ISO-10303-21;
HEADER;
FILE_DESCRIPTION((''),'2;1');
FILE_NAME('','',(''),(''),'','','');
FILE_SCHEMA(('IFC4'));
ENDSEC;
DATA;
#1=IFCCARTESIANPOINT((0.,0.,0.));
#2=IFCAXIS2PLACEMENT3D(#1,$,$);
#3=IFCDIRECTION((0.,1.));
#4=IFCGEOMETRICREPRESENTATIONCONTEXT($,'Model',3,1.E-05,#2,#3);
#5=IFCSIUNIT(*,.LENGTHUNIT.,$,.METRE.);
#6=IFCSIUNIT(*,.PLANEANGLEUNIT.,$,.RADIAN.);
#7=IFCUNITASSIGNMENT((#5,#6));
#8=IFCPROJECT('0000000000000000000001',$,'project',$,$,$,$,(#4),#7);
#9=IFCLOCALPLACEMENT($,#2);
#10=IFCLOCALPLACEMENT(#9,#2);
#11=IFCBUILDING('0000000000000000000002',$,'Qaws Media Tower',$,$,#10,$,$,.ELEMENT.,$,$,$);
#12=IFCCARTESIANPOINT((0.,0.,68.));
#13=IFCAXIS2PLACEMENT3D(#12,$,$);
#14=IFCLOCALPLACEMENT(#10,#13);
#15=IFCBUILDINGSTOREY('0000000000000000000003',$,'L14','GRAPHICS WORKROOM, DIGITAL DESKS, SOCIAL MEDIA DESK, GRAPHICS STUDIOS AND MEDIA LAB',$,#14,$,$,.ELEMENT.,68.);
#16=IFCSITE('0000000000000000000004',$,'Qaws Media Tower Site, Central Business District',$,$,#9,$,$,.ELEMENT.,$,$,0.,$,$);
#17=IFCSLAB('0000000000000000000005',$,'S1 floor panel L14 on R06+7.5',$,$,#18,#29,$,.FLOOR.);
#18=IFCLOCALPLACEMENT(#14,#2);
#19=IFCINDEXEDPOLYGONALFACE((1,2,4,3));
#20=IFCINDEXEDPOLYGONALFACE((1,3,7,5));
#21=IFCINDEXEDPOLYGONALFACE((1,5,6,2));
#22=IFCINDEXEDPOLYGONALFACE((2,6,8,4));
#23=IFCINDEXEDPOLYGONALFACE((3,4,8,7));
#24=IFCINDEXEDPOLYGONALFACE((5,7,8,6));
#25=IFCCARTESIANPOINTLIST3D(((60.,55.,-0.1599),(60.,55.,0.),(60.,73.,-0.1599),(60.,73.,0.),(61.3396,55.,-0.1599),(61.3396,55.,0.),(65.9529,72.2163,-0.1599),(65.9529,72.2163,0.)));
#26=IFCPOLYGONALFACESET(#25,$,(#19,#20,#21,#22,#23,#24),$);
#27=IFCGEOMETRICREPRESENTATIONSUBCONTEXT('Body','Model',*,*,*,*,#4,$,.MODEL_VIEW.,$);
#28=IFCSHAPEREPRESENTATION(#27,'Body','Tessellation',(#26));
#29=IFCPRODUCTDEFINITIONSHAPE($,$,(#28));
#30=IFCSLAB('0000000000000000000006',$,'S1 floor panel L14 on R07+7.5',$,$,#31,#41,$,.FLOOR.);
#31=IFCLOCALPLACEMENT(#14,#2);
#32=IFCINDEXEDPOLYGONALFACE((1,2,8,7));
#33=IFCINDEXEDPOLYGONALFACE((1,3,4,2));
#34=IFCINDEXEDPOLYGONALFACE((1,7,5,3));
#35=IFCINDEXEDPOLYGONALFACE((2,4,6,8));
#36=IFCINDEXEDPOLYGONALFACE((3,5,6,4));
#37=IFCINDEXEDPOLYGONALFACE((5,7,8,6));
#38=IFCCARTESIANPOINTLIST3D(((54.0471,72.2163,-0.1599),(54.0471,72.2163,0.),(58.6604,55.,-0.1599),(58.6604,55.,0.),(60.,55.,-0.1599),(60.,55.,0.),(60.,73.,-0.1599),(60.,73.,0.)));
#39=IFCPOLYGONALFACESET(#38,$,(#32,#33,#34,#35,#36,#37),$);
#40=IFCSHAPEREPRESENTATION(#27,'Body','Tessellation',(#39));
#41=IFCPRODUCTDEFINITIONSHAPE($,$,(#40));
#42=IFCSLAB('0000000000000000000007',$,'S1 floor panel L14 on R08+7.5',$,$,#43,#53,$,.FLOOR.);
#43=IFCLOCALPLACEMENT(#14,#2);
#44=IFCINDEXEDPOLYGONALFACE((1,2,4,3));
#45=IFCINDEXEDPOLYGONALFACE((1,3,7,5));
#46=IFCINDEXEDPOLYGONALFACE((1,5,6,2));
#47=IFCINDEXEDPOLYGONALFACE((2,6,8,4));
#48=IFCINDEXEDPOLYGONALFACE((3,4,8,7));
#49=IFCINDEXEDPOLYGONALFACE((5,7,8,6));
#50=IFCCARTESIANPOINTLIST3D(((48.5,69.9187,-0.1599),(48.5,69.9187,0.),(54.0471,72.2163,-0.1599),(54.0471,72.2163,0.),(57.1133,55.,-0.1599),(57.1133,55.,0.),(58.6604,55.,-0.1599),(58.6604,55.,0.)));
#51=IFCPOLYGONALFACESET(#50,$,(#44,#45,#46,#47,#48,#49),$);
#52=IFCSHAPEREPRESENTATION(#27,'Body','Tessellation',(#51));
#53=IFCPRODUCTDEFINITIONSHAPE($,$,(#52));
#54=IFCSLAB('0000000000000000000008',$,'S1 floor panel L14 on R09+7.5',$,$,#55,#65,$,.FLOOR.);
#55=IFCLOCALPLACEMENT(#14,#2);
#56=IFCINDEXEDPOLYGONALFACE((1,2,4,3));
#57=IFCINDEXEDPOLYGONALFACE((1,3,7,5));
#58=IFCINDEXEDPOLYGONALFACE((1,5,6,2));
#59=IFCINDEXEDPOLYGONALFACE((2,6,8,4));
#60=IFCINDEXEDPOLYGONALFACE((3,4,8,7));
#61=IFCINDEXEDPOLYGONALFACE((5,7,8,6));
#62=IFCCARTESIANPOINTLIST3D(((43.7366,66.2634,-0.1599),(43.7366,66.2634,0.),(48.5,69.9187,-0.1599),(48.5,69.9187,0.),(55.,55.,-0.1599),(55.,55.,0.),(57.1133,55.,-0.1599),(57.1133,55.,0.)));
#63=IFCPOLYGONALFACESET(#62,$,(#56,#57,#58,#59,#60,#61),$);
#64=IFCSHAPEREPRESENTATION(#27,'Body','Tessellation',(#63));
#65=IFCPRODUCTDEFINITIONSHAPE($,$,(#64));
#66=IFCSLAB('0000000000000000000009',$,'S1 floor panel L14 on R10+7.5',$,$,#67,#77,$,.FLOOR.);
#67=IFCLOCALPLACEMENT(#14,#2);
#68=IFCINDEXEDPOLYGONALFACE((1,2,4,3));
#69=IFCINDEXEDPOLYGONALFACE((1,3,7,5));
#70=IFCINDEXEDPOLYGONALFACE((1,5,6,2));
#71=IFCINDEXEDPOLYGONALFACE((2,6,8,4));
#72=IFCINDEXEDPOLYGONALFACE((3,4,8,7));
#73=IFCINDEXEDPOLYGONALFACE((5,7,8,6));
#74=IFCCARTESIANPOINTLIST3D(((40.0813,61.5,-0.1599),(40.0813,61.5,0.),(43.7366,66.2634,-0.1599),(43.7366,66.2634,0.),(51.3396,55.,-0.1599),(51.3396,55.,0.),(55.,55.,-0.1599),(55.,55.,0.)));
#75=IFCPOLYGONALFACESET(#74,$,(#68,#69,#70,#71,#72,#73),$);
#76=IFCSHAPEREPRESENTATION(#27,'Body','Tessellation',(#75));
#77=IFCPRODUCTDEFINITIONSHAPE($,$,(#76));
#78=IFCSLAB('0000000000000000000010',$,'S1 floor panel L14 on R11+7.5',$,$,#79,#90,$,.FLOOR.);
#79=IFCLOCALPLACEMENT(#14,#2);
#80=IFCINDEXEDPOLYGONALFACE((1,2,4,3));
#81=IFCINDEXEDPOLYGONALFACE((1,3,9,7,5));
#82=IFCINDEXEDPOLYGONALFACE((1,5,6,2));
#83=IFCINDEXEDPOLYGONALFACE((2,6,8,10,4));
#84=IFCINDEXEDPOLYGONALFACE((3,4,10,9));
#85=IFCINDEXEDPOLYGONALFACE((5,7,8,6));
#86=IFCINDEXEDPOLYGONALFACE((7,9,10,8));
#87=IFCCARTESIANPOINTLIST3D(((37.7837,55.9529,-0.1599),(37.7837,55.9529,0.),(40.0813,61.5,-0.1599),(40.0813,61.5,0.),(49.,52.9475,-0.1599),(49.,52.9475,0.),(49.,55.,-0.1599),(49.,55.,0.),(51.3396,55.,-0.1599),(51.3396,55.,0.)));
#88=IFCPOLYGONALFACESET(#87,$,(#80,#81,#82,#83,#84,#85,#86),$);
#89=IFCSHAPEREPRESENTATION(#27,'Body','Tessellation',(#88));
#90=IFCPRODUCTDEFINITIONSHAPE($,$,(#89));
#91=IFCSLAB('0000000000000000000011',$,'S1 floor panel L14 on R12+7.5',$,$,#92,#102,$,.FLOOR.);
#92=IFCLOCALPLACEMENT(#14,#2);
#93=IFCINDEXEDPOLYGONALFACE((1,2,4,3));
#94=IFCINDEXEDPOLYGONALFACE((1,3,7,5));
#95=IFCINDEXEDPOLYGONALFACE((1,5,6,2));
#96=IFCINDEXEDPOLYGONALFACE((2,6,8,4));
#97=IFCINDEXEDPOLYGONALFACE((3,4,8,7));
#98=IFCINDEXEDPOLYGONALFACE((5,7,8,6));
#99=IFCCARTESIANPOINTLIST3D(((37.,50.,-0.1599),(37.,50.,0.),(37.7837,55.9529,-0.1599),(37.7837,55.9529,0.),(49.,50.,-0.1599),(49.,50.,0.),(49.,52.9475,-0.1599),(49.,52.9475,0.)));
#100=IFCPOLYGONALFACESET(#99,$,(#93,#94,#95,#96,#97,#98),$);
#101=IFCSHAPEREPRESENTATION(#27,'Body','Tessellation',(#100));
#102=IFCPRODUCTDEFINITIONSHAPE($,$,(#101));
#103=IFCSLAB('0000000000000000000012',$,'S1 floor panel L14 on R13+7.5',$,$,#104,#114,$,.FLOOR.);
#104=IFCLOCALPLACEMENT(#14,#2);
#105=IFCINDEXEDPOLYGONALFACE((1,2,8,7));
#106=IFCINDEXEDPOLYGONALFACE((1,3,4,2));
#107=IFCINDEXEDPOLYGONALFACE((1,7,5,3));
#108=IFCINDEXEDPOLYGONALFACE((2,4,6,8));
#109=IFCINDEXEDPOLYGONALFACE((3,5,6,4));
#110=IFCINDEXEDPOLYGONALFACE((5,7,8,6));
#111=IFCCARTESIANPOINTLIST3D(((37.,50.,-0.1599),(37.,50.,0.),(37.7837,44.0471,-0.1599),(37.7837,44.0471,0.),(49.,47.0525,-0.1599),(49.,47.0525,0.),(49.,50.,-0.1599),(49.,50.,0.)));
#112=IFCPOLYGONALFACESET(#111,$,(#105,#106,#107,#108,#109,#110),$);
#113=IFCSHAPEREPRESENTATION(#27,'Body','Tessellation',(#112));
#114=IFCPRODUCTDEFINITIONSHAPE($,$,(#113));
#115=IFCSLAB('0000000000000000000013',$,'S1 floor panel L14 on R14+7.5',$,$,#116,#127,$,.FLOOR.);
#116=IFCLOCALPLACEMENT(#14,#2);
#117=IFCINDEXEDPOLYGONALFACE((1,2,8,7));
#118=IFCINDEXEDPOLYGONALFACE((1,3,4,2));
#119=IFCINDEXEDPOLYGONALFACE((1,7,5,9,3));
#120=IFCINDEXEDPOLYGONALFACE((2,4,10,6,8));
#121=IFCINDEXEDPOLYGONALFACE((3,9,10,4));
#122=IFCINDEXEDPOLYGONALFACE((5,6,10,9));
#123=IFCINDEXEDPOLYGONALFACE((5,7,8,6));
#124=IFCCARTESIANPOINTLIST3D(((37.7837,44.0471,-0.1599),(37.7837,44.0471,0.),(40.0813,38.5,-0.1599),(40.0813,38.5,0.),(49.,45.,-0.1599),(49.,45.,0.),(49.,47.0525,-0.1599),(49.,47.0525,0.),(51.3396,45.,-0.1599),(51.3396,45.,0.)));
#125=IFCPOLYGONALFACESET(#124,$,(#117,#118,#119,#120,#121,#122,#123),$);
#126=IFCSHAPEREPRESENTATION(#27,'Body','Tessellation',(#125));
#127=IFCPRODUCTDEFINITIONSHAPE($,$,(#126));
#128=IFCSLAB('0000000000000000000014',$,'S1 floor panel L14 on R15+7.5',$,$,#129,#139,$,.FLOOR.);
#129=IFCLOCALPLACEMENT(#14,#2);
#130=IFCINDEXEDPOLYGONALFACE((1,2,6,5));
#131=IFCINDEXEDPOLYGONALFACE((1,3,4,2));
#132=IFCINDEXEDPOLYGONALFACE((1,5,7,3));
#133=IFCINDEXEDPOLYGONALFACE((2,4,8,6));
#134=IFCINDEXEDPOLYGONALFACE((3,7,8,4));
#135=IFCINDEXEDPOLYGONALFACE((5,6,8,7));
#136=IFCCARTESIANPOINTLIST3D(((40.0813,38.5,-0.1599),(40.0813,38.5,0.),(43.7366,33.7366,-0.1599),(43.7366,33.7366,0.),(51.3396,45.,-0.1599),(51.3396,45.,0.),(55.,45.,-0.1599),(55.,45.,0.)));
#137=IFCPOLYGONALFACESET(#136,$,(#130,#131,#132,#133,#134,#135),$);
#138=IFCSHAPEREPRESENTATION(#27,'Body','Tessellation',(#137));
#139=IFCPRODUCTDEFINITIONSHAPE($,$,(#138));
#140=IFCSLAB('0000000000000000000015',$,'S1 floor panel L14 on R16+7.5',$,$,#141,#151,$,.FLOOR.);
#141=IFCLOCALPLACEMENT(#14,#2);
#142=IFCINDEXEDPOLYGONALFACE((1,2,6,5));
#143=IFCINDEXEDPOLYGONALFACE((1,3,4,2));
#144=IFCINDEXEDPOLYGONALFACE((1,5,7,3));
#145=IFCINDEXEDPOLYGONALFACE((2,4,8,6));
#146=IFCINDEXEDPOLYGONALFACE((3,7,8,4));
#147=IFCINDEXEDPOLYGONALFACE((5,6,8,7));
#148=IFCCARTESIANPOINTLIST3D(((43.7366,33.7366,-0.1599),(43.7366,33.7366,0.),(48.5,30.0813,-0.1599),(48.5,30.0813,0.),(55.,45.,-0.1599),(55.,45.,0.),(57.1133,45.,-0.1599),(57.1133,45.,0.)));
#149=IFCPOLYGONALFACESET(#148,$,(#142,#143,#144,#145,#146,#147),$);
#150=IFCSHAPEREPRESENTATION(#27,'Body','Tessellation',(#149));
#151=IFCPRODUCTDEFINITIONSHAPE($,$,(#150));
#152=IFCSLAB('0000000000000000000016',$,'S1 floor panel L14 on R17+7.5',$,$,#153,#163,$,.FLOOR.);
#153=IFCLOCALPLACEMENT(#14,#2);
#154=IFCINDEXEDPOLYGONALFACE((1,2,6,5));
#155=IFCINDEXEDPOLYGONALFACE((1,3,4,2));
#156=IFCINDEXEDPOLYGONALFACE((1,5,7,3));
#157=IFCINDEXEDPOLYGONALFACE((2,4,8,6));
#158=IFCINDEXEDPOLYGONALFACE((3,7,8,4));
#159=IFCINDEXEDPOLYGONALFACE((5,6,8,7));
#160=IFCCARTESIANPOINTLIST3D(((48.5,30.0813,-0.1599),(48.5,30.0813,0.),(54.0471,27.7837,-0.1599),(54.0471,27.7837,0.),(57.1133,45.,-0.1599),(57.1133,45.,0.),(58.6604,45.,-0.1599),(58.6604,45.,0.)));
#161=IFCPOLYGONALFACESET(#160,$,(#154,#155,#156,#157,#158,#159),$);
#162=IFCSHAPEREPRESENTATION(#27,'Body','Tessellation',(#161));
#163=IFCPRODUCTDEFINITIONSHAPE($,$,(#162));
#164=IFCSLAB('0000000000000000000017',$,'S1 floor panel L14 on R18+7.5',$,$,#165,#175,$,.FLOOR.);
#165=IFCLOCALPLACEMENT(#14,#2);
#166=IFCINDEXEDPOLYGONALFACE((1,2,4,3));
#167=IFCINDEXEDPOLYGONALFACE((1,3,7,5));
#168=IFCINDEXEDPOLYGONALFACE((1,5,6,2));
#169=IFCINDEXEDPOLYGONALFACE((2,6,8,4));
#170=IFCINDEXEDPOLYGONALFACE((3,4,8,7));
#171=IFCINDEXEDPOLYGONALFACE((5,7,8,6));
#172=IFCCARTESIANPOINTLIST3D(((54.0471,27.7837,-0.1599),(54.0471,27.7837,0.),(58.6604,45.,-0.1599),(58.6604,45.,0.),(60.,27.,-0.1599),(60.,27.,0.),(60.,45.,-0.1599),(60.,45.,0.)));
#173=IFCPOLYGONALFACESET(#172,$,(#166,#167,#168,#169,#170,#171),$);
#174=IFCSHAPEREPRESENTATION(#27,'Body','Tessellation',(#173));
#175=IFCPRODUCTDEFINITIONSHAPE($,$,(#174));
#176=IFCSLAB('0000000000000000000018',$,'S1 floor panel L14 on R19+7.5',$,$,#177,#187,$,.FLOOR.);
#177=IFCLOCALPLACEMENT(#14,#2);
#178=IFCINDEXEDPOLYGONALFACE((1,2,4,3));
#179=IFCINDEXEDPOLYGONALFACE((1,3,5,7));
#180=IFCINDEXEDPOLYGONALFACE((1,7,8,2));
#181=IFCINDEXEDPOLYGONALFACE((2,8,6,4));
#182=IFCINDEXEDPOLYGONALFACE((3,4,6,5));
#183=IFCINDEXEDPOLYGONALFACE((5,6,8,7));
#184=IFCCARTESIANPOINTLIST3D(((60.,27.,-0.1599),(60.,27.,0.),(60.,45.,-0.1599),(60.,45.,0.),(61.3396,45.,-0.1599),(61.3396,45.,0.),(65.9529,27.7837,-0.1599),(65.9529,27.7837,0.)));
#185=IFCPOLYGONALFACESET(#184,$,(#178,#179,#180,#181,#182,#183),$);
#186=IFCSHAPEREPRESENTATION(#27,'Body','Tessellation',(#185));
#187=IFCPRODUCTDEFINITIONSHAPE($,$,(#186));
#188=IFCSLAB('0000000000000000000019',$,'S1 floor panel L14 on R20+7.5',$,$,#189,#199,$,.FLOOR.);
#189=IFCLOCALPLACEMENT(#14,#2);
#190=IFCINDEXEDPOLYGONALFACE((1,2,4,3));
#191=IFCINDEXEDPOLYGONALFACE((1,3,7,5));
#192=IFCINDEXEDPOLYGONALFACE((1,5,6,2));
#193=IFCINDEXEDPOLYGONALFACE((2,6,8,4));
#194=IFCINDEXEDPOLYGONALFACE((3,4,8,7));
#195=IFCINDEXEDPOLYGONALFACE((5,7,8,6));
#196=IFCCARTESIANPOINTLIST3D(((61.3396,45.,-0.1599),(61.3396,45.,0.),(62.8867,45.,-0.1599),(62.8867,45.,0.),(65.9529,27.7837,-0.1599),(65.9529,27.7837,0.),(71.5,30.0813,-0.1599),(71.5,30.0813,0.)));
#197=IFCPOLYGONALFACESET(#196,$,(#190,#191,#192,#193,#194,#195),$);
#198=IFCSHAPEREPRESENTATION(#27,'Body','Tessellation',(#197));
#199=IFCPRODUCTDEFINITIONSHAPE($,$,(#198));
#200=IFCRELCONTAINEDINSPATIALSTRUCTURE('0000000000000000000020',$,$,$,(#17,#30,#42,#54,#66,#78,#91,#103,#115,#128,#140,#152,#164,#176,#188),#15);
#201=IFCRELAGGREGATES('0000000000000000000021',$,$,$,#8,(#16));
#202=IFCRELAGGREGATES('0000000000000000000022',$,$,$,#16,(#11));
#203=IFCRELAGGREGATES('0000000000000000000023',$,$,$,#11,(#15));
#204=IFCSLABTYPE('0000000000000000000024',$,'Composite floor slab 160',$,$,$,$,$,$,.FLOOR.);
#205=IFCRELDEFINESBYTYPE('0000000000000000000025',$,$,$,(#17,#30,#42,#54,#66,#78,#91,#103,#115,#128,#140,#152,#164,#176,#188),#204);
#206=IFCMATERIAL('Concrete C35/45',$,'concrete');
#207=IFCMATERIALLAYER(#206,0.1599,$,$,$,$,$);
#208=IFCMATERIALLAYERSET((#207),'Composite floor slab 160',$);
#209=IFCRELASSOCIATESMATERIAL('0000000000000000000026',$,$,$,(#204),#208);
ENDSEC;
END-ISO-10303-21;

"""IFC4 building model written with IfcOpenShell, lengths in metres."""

from ifc_helpers import new_model, si_unit, direction, frame, origin, place, context, subcontext, project, spatial, polyline, outline, extrude, material, layer, layer_set, type_object, element, save


model = new_model("IFC4")

# Units and contexts
model_context = context("Model", 3, precision=1e-05, world=origin(), true_north=direction((0.0, 1.0)))
body_context = subcontext(model_context, "Body", "Model", "MODEL_VIEW")
ifc_project = project(units=[si_unit("LENGTHUNIT", "METRE"), si_unit("PLANEANGLEUNIT", "RADIAN")], contexts=[model_context])

# Site, building, storey
site_placement = place(None, origin())
site = spatial("IfcSite", under=ifc_project, at=site_placement, Name="Qaws Media Tower Site, Central Business District", CompositionType="ELEMENT", RefElevation=0.0)
building_placement = place(site_placement, origin())
building = spatial("IfcBuilding", under=site, at=building_placement, Name="Qaws Media Tower", CompositionType="ELEMENT")
storey_placement = place(building_placement, frame((0.0, 0.0, 68.0)))
storey = spatial("IfcBuildingStorey", under=building, at=storey_placement, Name="L14", Description="GRAPHICS WORKROOM, DIGITAL DESKS, SOCIAL MEDIA DESK, GRAPHICS STUDIOS AND MEDIA LAB", CompositionType="ELEMENT", Elevation=68.0)

# Slabs
ifc_material_1 = material(Name="Concrete C35/45", Category="concrete")
ifc_layer_1 = layer(ifc_material_1, 0.1599)
ifc_layer_set_1 = layer_set([ifc_layer_1], Name="Composite floor slab 160")
slab_type_1 = type_object("IfcSlabType", Name="Composite floor slab 160", PredefinedType="FLOOR", material=ifc_layer_set_1)
slab_1_placement = place(storey_placement, frame((0.0, 0.0, -0.1599)))
element("IfcSlab", 1, at=slab_1_placement, inside=storey, type_object=slab_type_1, Name="S1 floor panel L14 on R06+7.5", PredefinedType="FLOOR", context=body_context, shape_type="SweptSolid", body=[
    extrude(outline(polyline([(65.9529, 72.2163), (61.3396, 55.0), (60.0, 55.0), (60.0, 73.0), (65.9529, 72.2163)])), origin(), (0.0, 0.0, 1.0), 0.1599),
])
slab_2_placement = place(storey_placement, frame((0.0, 0.0, -0.1599)))
element("IfcSlab", 2, at=slab_2_placement, inside=storey, type_object=slab_type_1, Name="S1 floor panel L14 on R07+7.5", PredefinedType="FLOOR", context=body_context, shape_type="SweptSolid", body=[
    extrude(outline(polyline([(54.0471, 72.2163), (60.0, 73.0), (60.0, 55.0), (58.6604, 55.0), (54.0471, 72.2163)])), origin(), (0.0, 0.0, 1.0), 0.1599),
])
slab_3_placement = place(storey_placement, frame((0.0, 0.0, -0.1599)))
element("IfcSlab", 3, at=slab_3_placement, inside=storey, type_object=slab_type_1, Name="S1 floor panel L14 on R08+7.5", PredefinedType="FLOOR", context=body_context, shape_type="SweptSolid", body=[
    extrude(outline(polyline([(54.0471, 72.2163), (58.6604, 55.0), (57.1133, 55.0), (48.5, 69.9187), (54.0471, 72.2163)])), origin(), (0.0, 0.0, 1.0), 0.1599),
])
slab_4_placement = place(storey_placement, frame((0.0, 0.0, -0.1599)))
element("IfcSlab", 4, at=slab_4_placement, inside=storey, type_object=slab_type_1, Name="S1 floor panel L14 on R09+7.5", PredefinedType="FLOOR", context=body_context, shape_type="SweptSolid", body=[
    extrude(outline(polyline([(43.7366, 66.2634), (48.5, 69.9187), (57.1133, 55.0), (55.0, 55.0), (43.7366, 66.2634)])), origin(), (0.0, 0.0, 1.0), 0.1599),
])
slab_5_placement = place(storey_placement, frame((0.0, 0.0, -0.1599)))
element("IfcSlab", 5, at=slab_5_placement, inside=storey, type_object=slab_type_1, Name="S1 floor panel L14 on R10+7.5", PredefinedType="FLOOR", context=body_context, shape_type="SweptSolid", body=[
    extrude(outline(polyline([(40.0813, 61.5), (43.7366, 66.2634), (55.0, 55.0), (51.3396, 55.0), (40.0813, 61.5)])), origin(), (0.0, 0.0, 1.0), 0.1599),
])
slab_6_placement = place(storey_placement, frame((0.0, 0.0, -0.1599)))
element("IfcSlab", 6, at=slab_6_placement, inside=storey, type_object=slab_type_1, Name="S1 floor panel L14 on R11+7.5", PredefinedType="FLOOR", context=body_context, shape_type="SweptSolid", body=[
    extrude(outline(polyline([(40.0813, 61.5), (51.3396, 55.0), (49.0, 55.0), (49.0, 52.9475), (37.7837, 55.9529), (40.0813, 61.5)])), origin(), (0.0, 0.0, 1.0), 0.1599),
])
slab_7_placement = place(storey_placement, frame((0.0, 0.0, -0.1599)))
element("IfcSlab", 7, at=slab_7_placement, inside=storey, type_object=slab_type_1, Name="S1 floor panel L14 on R12+7.5", PredefinedType="FLOOR", context=body_context, shape_type="SweptSolid", body=[
    extrude(outline(polyline([(37.7837, 55.9529), (49.0, 52.9475), (49.0, 50.0), (37.0, 50.0), (37.7837, 55.9529)])), origin(), (0.0, 0.0, 1.0), 0.1599),
])
slab_8_placement = place(storey_placement, frame((0.0, 0.0, -0.1599)))
element("IfcSlab", 8, at=slab_8_placement, inside=storey, type_object=slab_type_1, Name="S1 floor panel L14 on R13+7.5", PredefinedType="FLOOR", context=body_context, shape_type="SweptSolid", body=[
    extrude(outline(polyline([(37.7837, 44.0471), (37.0, 50.0), (49.0, 50.0), (49.0, 47.0525), (37.7837, 44.0471)])), origin(), (0.0, 0.0, 1.0), 0.1599),
])
slab_9_placement = place(storey_placement, frame((0.0, 0.0, -0.1599)))
element("IfcSlab", 9, at=slab_9_placement, inside=storey, type_object=slab_type_1, Name="S1 floor panel L14 on R14+7.5", PredefinedType="FLOOR", context=body_context, shape_type="SweptSolid", body=[
    extrude(outline(polyline([(37.7837, 44.0471), (49.0, 47.0525), (49.0, 45.0), (51.3396, 45.0), (40.0813, 38.5), (37.7837, 44.0471)])), origin(), (0.0, 0.0, 1.0), 0.1599),
])
slab_10_placement = place(storey_placement, frame((0.0, 0.0, -0.1599)))
element("IfcSlab", 10, at=slab_10_placement, inside=storey, type_object=slab_type_1, Name="S1 floor panel L14 on R15+7.5", PredefinedType="FLOOR", context=body_context, shape_type="SweptSolid", body=[
    extrude(outline(polyline([(40.0813, 38.5), (51.3396, 45.0), (55.0, 45.0), (43.7366, 33.7366), (40.0813, 38.5)])), origin(), (0.0, 0.0, 1.0), 0.1599),
])
slab_11_placement = place(storey_placement, frame((0.0, 0.0, -0.1599)))
element("IfcSlab", 11, at=slab_11_placement, inside=storey, type_object=slab_type_1, Name="S1 floor panel L14 on R16+7.5", PredefinedType="FLOOR", context=body_context, shape_type="SweptSolid", body=[
    extrude(outline(polyline([(48.5, 30.0813), (43.7366, 33.7366), (55.0, 45.0), (57.1133, 45.0), (48.5, 30.0813)])), origin(), (0.0, 0.0, 1.0), 0.1599),
])
slab_12_placement = place(storey_placement, frame((0.0, 0.0, -0.1599)))
element("IfcSlab", 12, at=slab_12_placement, inside=storey, type_object=slab_type_1, Name="S1 floor panel L14 on R17+7.5", PredefinedType="FLOOR", context=body_context, shape_type="SweptSolid", body=[
    extrude(outline(polyline([(48.5, 30.0813), (57.1133, 45.0), (58.6604, 45.0), (54.0471, 27.7837), (48.5, 30.0813)])), origin(), (0.0, 0.0, 1.0), 0.1599),
])
slab_13_placement = place(storey_placement, frame((0.0, 0.0, -0.1599)))
element("IfcSlab", 13, at=slab_13_placement, inside=storey, type_object=slab_type_1, Name="S1 floor panel L14 on R18+7.5", PredefinedType="FLOOR", context=body_context, shape_type="SweptSolid", body=[
    extrude(outline(polyline([(54.0471, 27.7837), (58.6604, 45.0), (60.0, 45.0), (60.0, 27.0), (54.0471, 27.7837)])), origin(), (0.0, 0.0, 1.0), 0.1599),
])
slab_14_placement = place(storey_placement, frame((0.0, 0.0, -0.1599)))
element("IfcSlab", 14, at=slab_14_placement, inside=storey, type_object=slab_type_1, Name="S1 floor panel L14 on R19+7.5", PredefinedType="FLOOR", context=body_context, shape_type="SweptSolid", body=[
    extrude(outline(polyline([(65.9529, 27.7837), (60.0, 27.0), (60.0, 45.0), (61.3396, 45.0), (65.9529, 27.7837)])), origin(), (0.0, 0.0, 1.0), 0.1599),
])
slab_15_placement = place(storey_placement, frame((0.0, 0.0, -0.1599)))
element("IfcSlab", 15, at=slab_15_placement, inside=storey, type_object=slab_type_1, Name="S1 floor panel L14 on R20+7.5", PredefinedType="FLOOR", context=body_context, shape_type="SweptSolid", body=[
    extrude(outline(polyline([(65.9529, 27.7837), (61.3396, 45.0), (62.8867, 45.0), (71.5, 30.0813), (65.9529, 27.7837)])), origin(), (0.0, 0.0, 1.0), 0.1599),
])

save(model, "model.ifc")
